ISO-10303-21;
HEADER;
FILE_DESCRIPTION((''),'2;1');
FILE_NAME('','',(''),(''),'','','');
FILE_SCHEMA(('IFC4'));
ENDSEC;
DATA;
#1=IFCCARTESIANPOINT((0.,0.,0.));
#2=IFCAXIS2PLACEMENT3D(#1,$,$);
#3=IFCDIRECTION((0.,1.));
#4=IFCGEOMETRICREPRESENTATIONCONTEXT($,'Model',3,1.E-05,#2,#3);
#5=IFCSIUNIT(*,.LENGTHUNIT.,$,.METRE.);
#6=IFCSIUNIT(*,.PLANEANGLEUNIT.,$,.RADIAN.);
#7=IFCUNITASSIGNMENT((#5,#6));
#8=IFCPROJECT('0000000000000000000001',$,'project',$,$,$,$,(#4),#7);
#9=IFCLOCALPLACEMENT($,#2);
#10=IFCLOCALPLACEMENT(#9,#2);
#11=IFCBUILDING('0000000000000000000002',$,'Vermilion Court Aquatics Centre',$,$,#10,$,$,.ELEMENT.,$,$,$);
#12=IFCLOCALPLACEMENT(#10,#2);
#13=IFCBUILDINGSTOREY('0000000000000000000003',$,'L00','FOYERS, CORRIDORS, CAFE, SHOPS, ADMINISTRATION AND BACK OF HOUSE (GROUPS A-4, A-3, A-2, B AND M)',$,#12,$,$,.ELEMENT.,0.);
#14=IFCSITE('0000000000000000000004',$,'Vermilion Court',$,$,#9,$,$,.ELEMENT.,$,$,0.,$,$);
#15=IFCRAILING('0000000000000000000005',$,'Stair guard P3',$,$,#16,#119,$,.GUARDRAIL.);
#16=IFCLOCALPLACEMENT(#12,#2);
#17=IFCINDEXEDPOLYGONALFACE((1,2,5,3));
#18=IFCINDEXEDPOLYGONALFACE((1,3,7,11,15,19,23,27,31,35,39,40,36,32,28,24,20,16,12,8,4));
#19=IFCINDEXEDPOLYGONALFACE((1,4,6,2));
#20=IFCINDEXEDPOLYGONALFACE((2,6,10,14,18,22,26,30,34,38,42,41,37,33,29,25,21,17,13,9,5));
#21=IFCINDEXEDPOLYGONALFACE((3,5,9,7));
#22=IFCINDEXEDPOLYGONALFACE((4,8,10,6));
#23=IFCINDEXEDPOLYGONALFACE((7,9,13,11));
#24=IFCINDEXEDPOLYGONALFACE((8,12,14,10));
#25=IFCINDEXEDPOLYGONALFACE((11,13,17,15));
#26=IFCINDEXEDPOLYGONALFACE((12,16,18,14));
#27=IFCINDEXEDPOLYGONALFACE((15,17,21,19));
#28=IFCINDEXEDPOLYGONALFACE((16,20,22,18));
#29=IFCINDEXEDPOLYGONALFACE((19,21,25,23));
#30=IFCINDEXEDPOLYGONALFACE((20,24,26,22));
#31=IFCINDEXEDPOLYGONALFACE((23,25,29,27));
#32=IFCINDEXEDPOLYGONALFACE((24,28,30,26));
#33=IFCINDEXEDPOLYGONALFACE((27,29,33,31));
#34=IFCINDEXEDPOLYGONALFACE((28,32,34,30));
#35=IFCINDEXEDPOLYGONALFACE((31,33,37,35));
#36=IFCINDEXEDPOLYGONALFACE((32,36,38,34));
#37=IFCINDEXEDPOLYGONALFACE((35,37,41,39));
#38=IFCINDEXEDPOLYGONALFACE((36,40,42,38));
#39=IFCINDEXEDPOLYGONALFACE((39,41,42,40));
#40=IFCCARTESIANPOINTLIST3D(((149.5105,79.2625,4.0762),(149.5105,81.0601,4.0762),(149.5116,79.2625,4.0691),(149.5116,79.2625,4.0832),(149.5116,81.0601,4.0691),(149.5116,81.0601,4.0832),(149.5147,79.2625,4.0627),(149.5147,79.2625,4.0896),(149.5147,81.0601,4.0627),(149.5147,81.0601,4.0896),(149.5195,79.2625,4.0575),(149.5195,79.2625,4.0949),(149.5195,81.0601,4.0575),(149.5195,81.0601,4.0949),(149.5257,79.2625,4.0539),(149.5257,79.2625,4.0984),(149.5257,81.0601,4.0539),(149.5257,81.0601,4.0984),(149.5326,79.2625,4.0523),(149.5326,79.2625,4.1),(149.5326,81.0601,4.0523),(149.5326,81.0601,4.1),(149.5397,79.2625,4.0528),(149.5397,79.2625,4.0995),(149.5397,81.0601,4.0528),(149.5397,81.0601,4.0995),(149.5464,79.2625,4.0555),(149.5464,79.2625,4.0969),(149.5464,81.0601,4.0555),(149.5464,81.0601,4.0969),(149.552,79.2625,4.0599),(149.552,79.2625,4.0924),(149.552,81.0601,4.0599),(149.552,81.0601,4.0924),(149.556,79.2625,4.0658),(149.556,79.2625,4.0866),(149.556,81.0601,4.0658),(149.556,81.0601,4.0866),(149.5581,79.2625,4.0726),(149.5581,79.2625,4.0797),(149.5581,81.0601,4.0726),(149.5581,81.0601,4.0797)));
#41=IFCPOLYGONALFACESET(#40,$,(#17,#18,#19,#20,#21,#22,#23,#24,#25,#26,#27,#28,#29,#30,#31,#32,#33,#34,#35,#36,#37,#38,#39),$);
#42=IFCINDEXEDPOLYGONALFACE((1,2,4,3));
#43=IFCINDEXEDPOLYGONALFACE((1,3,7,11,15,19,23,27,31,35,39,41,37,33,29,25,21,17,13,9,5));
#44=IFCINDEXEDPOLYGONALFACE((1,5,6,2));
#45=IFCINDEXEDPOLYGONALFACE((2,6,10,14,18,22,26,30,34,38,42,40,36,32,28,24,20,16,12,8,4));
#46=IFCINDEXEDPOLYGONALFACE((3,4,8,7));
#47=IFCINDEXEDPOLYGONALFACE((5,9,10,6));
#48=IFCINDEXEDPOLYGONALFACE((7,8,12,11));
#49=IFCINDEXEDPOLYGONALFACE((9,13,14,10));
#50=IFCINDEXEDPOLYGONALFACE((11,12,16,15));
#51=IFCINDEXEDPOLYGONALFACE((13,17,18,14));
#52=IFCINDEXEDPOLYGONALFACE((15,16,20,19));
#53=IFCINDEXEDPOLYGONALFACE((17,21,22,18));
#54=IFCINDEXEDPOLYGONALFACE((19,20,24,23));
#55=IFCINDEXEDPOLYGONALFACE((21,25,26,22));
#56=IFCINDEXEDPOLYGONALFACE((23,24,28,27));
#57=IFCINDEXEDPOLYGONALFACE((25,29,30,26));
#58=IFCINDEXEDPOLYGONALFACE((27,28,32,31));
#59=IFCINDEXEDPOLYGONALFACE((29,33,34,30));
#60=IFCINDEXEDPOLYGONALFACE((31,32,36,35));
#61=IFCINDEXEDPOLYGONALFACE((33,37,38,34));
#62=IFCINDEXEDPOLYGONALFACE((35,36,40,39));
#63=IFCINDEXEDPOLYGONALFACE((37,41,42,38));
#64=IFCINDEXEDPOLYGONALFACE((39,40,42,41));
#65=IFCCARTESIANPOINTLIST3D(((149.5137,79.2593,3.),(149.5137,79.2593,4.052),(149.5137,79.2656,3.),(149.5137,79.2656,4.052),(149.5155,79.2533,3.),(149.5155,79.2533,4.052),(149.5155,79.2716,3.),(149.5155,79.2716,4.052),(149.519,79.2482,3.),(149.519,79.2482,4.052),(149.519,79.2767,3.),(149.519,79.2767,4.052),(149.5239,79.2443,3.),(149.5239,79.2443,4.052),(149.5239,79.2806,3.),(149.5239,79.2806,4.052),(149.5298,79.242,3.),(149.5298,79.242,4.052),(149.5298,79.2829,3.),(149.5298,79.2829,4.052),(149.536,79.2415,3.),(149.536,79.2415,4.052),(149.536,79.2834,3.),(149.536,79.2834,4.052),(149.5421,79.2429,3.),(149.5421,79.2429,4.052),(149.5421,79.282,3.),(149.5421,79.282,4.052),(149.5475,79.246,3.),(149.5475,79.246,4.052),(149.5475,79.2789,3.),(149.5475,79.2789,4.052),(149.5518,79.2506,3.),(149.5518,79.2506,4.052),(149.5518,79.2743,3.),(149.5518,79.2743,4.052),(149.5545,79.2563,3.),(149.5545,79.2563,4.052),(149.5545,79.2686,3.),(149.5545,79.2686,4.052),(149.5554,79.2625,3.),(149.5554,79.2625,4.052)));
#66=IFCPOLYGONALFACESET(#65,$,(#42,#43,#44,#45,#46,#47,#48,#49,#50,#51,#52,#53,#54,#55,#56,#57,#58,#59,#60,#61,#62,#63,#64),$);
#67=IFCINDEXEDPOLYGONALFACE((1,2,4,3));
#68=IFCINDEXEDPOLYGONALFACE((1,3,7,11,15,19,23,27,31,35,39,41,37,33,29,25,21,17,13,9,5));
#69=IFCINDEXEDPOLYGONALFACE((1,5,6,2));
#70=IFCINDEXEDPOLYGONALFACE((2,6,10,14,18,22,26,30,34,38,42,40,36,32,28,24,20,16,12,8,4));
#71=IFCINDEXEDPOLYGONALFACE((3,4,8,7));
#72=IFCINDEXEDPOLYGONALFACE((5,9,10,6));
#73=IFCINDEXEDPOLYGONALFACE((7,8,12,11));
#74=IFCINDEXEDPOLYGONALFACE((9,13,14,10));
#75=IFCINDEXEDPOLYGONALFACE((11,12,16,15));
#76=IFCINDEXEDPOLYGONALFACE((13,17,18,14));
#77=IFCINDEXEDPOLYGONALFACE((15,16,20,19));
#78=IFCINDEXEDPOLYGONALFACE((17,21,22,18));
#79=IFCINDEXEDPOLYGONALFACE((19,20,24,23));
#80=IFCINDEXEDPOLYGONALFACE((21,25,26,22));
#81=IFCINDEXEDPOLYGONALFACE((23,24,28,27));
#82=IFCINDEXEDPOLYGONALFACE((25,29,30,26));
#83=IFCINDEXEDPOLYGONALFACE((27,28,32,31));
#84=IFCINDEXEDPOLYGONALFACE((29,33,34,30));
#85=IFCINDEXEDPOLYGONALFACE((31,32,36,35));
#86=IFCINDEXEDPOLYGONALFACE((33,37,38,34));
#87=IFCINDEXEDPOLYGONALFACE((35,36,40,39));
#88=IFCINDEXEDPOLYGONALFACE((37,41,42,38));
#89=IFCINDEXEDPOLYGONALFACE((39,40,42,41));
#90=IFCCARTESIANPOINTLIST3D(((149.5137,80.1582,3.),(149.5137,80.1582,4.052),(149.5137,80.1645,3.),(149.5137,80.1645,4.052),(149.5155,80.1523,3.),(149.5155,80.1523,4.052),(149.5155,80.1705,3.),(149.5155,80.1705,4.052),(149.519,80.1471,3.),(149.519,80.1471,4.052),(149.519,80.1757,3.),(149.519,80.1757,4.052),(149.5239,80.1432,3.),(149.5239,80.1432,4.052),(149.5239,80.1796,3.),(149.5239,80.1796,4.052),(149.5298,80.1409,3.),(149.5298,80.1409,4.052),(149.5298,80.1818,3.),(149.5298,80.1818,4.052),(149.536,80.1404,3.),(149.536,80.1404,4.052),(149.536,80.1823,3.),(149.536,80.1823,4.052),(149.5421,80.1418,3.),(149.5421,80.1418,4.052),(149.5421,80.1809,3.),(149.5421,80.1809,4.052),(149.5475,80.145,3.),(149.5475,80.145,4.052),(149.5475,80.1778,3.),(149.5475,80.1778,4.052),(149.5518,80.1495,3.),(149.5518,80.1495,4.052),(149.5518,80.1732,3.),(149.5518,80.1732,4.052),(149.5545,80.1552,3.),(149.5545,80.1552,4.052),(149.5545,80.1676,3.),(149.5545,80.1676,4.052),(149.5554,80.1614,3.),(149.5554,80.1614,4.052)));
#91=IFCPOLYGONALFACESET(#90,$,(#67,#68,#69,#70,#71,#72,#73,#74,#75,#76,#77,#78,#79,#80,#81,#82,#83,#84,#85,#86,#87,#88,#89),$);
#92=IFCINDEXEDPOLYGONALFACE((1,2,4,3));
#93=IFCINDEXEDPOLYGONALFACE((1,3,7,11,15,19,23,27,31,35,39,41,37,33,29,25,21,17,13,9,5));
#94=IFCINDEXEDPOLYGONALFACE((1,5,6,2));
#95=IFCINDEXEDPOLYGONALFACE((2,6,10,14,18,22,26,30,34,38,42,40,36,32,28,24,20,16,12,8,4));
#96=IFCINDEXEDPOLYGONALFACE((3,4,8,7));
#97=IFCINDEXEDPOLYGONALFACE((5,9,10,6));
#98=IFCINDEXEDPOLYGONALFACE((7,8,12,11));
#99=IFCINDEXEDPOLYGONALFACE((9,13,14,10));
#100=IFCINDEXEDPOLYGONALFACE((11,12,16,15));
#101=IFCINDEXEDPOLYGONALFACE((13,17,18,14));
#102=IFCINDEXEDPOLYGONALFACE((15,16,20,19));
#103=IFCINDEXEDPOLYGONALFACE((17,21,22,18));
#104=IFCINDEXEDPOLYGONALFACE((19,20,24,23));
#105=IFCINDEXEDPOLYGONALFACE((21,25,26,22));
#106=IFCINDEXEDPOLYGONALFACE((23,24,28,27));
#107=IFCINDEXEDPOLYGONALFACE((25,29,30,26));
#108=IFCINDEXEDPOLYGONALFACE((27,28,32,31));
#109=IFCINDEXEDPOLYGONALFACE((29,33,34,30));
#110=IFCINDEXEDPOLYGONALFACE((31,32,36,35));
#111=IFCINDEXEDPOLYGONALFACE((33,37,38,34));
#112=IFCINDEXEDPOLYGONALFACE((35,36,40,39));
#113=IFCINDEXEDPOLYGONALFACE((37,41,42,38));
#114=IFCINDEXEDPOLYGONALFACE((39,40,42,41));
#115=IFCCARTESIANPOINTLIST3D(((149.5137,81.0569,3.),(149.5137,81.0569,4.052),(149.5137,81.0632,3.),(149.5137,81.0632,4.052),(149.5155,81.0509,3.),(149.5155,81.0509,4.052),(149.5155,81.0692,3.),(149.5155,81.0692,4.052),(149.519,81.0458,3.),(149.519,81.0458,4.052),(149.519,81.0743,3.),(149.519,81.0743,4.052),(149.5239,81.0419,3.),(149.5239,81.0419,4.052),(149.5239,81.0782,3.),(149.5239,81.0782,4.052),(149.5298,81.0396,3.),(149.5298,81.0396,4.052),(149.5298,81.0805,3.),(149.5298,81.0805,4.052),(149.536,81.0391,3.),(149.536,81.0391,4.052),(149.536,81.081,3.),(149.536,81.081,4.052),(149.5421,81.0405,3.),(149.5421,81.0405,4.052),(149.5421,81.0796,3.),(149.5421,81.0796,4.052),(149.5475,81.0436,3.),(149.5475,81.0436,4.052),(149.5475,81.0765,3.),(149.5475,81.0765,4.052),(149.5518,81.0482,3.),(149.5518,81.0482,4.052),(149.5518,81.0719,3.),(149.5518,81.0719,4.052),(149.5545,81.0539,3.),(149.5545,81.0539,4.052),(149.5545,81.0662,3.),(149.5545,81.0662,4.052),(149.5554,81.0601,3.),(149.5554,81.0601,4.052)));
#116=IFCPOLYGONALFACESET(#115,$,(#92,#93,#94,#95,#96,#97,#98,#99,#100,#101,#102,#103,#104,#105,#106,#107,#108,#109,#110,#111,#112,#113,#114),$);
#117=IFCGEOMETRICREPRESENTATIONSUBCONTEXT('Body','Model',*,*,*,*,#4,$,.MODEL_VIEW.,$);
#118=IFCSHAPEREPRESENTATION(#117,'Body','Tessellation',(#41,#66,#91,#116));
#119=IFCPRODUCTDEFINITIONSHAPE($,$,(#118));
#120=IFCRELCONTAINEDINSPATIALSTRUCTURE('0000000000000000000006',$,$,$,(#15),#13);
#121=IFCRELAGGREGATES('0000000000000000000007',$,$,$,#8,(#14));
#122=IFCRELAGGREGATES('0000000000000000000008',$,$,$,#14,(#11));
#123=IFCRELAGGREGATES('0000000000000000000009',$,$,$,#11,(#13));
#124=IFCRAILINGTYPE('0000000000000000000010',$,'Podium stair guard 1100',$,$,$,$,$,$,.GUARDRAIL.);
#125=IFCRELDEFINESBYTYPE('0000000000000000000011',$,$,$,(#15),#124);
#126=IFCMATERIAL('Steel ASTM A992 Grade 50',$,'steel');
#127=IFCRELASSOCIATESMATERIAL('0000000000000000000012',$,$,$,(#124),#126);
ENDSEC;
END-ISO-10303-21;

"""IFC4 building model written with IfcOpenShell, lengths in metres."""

from ifc_helpers import new_model, si_unit, direction, frame, origin, origin_2d, place, context, subcontext, project, spatial, circle, extrude, material, type_object, element, save


model = new_model("IFC4")

# Units and contexts
model_context = context("Model", 3, precision=1e-05, world=origin(), true_north=direction((0.0, 1.0)))
body_context = subcontext(model_context, "Body", "Model", "MODEL_VIEW")
ifc_project = project(units=[si_unit("LENGTHUNIT", "METRE"), si_unit("PLANEANGLEUNIT", "RADIAN")], contexts=[model_context])

# Site, building, storey
site_placement = place(None, origin())
site = spatial("IfcSite", under=ifc_project, at=site_placement, Name="Vermilion Court", CompositionType="ELEMENT", RefElevation=0.0)
building_placement = place(site_placement, origin())
building = spatial("IfcBuilding", under=site, at=building_placement, Name="Vermilion Court Aquatics Centre", CompositionType="ELEMENT")
storey_placement = place(building_placement, origin())
storey = spatial("IfcBuildingStorey", under=building, at=storey_placement, Name="L00", Description="FOYERS, CORRIDORS, CAFE, SHOPS, ADMINISTRATION AND BACK OF HOUSE (GROUPS A-4, A-3, A-2, B AND M)", CompositionType="ELEMENT", Elevation=0.0)

# Railing
ifc_material_1 = material(Name="Steel ASTM A992 Grade 50", Category="steel")
railing_type_1 = type_object("IfcRailingType", Name="Podium stair guard 1100", PredefinedType="GUARDRAIL", material=ifc_material_1)
railing_1_placement = place(storey_placement, frame((149.5344, 79.2625, 3.0)))
element("IfcRailing", 1, at=railing_1_placement, inside=storey, type_object=railing_type_1, Name="Stair guard P3", PredefinedType="GUARDRAIL", context=body_context, shape_type="SweptSolid", body=[
    extrude(circle(Radius=0.0239, at=origin_2d()), frame((0.0, 0.0, 1.0762), z_axis=(0.0, 1.0, 0.0), x_axis=(-1.0, 0.0, 0.0)), (0.0, 0.0, 1.0), 1.7976),
    extrude(circle(Radius=0.021, at=origin_2d()), origin(), (0.0, 0.0, 1.0), 1.052),
    extrude(circle(Radius=0.021, at=origin_2d()), frame((0.0, 0.8989, 0.0)), (0.0, 0.0, 1.0), 1.052),
    extrude(circle(Radius=0.021, at=origin_2d()), frame((0.0, 1.7976, 0.0)), (0.0, 0.0, 1.0), 1.052),
])

save(model, "model.ifc")
